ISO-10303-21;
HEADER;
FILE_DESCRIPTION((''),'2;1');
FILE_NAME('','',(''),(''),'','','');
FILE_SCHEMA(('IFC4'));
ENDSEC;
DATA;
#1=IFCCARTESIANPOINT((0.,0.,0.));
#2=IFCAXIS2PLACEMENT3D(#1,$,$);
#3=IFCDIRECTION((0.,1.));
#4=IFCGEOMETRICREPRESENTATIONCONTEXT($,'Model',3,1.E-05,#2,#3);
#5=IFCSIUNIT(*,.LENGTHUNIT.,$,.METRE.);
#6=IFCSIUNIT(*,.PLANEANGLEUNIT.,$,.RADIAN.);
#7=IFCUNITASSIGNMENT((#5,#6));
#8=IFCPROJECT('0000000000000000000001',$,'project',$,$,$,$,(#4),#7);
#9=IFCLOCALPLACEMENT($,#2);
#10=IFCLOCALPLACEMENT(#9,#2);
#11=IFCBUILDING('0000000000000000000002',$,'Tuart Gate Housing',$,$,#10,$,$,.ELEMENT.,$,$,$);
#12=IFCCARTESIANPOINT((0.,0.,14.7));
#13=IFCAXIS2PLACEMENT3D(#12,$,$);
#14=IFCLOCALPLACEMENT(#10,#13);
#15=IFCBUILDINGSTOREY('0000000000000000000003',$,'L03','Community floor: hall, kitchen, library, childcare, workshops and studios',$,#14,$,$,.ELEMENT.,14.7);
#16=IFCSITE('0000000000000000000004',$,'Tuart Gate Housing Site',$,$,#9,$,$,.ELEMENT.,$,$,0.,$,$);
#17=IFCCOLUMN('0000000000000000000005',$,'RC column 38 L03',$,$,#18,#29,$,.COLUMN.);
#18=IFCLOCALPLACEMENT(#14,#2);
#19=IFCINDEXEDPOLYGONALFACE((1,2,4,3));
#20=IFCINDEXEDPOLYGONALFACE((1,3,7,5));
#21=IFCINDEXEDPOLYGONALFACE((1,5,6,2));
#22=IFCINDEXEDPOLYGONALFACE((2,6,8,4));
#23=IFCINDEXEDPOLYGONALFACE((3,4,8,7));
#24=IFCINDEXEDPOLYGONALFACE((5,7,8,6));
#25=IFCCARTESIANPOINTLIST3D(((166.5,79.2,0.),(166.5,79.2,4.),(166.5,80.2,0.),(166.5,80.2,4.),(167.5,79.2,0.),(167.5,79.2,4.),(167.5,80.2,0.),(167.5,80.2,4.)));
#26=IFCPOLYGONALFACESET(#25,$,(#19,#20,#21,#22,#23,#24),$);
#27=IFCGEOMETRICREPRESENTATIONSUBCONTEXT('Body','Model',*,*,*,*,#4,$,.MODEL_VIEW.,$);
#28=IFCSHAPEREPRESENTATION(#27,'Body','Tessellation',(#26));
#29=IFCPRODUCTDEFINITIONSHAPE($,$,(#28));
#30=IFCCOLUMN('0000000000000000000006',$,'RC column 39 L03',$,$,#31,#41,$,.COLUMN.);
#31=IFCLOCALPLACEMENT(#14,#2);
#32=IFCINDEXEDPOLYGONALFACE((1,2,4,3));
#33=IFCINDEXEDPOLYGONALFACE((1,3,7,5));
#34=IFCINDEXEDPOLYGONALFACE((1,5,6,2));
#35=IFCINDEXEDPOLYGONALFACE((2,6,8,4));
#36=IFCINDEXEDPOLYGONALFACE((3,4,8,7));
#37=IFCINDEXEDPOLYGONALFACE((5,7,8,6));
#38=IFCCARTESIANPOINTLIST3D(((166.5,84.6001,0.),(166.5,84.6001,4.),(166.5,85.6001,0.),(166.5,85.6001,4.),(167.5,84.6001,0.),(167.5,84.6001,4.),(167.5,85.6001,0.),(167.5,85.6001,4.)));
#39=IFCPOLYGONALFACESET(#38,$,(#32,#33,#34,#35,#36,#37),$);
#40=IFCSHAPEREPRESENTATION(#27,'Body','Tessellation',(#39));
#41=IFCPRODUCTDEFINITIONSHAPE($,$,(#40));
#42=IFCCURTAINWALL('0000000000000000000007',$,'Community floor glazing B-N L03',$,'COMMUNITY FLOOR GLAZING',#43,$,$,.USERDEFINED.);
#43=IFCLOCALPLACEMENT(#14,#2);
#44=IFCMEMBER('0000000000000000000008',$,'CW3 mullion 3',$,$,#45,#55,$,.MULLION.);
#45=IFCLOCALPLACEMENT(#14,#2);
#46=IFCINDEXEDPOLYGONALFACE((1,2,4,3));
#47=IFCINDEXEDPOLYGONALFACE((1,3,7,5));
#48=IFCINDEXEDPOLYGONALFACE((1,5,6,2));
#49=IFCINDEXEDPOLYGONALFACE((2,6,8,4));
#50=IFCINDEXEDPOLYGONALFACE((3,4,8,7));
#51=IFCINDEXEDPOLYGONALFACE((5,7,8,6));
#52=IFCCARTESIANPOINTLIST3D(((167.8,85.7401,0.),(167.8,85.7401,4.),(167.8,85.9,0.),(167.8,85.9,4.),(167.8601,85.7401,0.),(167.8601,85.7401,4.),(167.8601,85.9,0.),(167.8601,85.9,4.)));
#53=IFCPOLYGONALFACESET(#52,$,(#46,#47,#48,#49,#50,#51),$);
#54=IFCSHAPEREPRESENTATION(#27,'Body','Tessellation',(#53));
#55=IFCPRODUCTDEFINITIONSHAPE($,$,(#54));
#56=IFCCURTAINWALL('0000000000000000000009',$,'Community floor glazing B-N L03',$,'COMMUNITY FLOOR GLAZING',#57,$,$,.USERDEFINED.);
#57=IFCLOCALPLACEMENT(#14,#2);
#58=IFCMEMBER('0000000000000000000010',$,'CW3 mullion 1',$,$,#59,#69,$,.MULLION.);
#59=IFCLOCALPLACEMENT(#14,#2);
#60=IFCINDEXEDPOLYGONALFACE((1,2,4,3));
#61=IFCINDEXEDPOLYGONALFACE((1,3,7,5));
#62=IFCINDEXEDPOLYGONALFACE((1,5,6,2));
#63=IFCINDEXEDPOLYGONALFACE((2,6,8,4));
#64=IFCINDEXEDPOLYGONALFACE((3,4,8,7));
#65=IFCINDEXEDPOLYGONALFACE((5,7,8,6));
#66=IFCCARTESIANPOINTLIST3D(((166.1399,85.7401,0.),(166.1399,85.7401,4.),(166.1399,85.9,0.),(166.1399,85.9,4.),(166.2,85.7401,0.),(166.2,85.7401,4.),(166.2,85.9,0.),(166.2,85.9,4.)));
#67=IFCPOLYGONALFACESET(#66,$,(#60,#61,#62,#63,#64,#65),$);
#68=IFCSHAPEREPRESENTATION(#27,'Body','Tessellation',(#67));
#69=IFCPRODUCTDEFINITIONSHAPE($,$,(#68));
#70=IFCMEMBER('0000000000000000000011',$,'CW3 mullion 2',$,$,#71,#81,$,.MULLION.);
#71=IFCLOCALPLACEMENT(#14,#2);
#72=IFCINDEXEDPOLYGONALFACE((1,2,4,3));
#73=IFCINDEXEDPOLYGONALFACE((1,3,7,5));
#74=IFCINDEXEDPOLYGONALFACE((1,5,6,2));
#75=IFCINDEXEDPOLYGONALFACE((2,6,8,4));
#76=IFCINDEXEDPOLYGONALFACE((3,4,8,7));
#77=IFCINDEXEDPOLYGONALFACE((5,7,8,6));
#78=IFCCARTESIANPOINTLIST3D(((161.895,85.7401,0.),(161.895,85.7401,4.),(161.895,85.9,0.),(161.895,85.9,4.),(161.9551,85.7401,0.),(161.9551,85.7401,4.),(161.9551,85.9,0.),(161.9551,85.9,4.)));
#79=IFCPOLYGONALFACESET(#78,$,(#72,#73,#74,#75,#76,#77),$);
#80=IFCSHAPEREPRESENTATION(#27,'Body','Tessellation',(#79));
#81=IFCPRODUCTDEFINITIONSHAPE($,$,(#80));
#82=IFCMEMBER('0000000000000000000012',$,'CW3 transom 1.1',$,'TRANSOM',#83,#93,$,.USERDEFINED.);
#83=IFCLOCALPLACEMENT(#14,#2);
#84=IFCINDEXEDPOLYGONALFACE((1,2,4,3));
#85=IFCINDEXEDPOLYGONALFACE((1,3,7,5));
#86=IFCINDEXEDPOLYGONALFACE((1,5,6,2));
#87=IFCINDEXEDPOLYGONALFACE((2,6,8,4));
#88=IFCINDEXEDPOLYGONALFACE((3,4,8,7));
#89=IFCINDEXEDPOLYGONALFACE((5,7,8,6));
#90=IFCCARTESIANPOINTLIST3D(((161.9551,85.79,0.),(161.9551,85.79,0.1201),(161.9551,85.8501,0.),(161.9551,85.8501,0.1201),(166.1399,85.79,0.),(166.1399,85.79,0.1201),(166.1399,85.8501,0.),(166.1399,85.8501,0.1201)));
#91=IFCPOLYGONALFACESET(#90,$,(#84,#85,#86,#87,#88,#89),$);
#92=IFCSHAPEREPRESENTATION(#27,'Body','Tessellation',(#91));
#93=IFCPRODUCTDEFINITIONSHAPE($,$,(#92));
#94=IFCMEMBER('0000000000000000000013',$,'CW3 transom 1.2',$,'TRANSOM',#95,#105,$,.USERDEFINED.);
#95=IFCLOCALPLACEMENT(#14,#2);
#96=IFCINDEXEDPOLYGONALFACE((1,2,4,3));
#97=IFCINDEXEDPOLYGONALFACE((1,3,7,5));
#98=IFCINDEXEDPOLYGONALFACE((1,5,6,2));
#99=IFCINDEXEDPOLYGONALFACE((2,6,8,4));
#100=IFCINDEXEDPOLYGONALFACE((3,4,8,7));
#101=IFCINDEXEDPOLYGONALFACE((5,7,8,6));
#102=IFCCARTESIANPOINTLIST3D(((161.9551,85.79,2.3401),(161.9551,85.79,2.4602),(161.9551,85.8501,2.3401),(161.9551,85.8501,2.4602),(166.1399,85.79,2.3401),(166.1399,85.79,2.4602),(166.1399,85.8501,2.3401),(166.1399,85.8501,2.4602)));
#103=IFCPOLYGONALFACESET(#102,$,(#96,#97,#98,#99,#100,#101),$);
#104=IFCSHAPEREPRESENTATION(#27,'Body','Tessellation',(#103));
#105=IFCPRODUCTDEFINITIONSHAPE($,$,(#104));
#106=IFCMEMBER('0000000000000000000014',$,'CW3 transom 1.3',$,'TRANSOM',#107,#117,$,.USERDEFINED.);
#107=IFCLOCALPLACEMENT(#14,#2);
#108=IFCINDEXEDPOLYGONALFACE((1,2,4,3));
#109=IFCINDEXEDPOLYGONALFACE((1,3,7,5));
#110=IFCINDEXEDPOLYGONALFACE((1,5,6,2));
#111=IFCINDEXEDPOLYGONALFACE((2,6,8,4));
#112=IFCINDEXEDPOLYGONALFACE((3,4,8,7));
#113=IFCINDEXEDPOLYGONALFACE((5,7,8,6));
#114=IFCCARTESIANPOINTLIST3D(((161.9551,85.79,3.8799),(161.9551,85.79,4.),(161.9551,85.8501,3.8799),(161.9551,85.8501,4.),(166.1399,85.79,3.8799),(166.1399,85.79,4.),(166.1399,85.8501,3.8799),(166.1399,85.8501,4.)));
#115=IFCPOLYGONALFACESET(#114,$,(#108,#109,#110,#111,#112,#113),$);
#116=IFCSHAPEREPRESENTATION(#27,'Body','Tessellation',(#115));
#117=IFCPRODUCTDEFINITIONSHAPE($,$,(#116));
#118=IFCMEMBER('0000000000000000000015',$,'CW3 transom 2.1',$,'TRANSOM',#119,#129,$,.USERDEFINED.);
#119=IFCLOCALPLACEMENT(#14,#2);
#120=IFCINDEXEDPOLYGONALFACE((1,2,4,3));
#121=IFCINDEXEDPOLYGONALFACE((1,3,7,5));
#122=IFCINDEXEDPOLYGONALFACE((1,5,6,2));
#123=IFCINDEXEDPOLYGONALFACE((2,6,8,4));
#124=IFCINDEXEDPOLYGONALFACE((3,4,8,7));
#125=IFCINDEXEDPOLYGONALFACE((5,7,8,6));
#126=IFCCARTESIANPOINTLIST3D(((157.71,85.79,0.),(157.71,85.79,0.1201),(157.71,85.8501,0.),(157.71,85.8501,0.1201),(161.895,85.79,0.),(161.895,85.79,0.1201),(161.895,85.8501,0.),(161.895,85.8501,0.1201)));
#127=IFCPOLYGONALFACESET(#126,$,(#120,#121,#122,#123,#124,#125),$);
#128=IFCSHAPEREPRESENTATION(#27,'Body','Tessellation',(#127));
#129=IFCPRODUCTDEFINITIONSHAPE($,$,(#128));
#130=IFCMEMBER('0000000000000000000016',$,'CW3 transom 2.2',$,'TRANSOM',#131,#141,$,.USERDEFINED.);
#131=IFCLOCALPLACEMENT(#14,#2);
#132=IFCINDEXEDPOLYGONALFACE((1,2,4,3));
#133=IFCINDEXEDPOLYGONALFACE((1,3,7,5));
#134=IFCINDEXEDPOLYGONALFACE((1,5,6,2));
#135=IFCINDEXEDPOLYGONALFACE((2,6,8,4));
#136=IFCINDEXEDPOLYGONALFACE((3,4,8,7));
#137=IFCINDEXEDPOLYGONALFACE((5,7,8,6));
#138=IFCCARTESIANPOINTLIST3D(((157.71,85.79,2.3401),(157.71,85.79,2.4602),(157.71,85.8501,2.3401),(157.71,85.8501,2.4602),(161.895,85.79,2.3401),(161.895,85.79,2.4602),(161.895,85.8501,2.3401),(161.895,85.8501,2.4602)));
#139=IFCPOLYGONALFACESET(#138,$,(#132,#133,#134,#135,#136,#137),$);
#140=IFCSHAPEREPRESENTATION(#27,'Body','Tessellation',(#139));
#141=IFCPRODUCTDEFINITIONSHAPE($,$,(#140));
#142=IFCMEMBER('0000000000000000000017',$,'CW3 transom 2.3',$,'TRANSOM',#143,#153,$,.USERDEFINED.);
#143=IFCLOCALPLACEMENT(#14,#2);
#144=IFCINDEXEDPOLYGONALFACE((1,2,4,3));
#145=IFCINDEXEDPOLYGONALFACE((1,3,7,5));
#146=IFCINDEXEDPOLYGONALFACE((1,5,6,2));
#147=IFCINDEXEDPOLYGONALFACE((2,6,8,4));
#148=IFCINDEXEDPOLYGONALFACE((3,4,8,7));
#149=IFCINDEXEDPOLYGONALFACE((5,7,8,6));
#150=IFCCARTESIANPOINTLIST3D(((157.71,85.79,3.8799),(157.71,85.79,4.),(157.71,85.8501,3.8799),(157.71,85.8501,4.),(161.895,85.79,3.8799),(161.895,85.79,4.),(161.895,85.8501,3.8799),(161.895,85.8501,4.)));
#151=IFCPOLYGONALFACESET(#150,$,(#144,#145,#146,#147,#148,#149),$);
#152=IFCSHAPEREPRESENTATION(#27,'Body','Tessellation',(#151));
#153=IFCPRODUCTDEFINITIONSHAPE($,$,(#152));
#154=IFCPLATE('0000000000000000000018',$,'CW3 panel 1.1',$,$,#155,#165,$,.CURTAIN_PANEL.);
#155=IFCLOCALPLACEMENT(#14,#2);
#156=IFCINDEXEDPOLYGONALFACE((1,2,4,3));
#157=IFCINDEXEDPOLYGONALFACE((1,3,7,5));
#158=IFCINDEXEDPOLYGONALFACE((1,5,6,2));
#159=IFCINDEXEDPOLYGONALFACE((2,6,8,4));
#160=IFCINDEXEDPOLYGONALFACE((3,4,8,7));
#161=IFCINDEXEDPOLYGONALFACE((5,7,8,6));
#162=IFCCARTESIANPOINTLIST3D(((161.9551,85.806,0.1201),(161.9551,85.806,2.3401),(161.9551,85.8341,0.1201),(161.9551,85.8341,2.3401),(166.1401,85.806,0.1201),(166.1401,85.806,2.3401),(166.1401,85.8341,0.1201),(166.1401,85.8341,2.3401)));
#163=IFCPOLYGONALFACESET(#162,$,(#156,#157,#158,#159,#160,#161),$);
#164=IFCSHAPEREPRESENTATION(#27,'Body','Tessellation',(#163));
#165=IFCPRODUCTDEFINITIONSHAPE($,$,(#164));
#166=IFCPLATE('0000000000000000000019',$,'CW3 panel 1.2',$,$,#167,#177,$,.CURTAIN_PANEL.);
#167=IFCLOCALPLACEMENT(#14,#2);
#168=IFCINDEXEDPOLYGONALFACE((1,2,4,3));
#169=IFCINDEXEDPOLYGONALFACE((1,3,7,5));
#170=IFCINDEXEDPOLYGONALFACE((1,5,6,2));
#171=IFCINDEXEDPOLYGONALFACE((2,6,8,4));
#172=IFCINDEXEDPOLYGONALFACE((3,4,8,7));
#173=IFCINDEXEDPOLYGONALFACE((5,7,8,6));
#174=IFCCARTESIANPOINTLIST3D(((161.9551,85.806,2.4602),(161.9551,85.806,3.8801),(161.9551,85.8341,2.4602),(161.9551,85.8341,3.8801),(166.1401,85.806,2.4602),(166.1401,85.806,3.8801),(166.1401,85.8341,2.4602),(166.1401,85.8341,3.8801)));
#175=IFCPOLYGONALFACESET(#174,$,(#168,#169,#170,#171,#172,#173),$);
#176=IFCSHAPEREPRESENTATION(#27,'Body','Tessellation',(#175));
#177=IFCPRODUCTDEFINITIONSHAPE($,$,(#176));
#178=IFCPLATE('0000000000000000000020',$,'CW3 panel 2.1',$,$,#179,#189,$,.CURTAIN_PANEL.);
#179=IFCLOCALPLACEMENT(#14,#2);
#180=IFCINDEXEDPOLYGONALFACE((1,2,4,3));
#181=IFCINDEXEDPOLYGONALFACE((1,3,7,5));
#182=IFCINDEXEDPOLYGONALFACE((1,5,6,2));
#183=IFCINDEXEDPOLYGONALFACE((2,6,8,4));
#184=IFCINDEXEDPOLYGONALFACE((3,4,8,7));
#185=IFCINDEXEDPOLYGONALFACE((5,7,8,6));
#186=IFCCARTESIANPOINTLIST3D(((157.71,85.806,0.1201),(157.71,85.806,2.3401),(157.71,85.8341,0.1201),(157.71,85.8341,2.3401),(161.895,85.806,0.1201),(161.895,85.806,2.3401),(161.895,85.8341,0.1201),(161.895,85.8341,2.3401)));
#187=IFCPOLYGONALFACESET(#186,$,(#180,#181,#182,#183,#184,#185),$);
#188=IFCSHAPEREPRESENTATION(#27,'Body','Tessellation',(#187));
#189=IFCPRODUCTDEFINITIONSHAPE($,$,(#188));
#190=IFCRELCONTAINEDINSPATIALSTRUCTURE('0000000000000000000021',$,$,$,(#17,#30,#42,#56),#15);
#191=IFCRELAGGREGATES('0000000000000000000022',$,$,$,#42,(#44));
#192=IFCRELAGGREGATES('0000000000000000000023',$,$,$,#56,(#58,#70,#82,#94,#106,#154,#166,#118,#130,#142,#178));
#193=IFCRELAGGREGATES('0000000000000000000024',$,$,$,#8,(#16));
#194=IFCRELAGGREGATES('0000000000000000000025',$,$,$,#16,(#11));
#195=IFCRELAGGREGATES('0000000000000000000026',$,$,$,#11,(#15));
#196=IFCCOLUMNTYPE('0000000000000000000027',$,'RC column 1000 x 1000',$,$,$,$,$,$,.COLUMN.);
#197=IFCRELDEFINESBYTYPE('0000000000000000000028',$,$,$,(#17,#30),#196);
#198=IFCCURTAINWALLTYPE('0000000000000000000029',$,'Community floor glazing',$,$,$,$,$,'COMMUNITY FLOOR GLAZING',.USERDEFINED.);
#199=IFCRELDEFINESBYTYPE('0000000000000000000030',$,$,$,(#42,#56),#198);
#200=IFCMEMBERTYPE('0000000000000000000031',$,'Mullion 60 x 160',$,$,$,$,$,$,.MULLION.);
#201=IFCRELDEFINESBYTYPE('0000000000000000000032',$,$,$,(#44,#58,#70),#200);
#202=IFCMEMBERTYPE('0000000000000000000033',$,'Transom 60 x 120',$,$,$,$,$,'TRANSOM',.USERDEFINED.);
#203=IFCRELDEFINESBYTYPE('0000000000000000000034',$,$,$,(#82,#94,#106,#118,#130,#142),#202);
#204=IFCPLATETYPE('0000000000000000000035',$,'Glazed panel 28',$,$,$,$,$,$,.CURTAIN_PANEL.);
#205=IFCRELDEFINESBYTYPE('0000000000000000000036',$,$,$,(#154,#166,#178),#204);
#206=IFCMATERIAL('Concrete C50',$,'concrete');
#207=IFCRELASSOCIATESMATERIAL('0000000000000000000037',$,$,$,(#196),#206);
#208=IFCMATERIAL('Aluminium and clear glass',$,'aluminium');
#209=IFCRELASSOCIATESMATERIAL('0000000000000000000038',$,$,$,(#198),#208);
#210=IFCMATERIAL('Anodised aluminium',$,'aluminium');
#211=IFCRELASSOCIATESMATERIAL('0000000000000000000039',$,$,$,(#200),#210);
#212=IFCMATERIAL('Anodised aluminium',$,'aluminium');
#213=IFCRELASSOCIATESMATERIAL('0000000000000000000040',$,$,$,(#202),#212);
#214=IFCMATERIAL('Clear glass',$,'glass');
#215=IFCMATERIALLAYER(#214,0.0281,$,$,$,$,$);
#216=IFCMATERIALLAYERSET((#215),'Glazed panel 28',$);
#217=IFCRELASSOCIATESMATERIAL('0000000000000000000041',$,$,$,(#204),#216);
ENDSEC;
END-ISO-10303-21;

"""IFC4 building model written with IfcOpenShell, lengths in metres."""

from ifc_helpers import new_model, si_unit, direction, frame, origin, origin_2d, place, context, subcontext, project, spatial, rectangle, extrude, material, layer, layer_set, material_profile, profile_set, type_object, element, aggregate, save


model = new_model("IFC4")

# Units and contexts
model_context = context("Model", 3, precision=1e-05, world=origin(), true_north=direction((0.0, 1.0)))
body_context = subcontext(model_context, "Body", "Model", "MODEL_VIEW")
ifc_project = project(units=[si_unit("LENGTHUNIT", "METRE"), si_unit("PLANEANGLEUNIT", "RADIAN")], contexts=[model_context])

# Site, building, storey
site_placement = place(None, origin())
site = spatial("IfcSite", under=ifc_project, at=site_placement, Name="Tuart Gate Housing Site", CompositionType="ELEMENT", RefElevation=0.0)
building_placement = place(site_placement, origin())
building = spatial("IfcBuilding", under=site, at=building_placement, Name="Tuart Gate Housing", CompositionType="ELEMENT")
storey_placement = place(building_placement, frame((0.0, 0.0, 14.7)))
storey = spatial("IfcBuildingStorey", under=building, at=storey_placement, Name="L03", Description="Community floor: hall, kitchen, library, childcare, workshops and studios", CompositionType="ELEMENT", Elevation=14.7)

# Columns
ifc_material_1 = material(Name="Concrete C50", Category="concrete")
ifc_material_profile_1 = material_profile(ifc_material_1, rectangle(XDim=1.0, YDim=1.0, at=origin_2d()), Name="RC column 1000 x 1000")
ifc_profile_set_1 = profile_set([ifc_material_profile_1], Name="Concrete C50")
column_type = type_object("IfcColumnType", Name="RC column 1000 x 1000", PredefinedType="COLUMN", material=ifc_profile_set_1)
for number, where, z_axis, x_axis, name in (
    (1, (167.0, 79.7, 0.0), (0.0, 0.0, 1.0), (1.0, 0.0, 0.0), "RC column 38 L03"),
    (2, (167.0, 85.1001, 0.0), (0.0, 0.0, 1.0), (1.0, 0.0, 0.0), "RC column 39 L03"),
):
    element("IfcColumn", number, at=place(storey_placement, frame(where, z_axis=z_axis, x_axis=x_axis)), inside=storey, type_object=column_type, Name=name, PredefinedType="COLUMN", context=body_context, shape_type="SweptSolid", body=[
        extrude(rectangle(XDim=1.0, YDim=1.0, at=origin_2d()), origin(), (0.0, 0.0, 1.0), 4.0),
    ])

# Curtain wall, member
ifc_material_2 = material(Name="Aluminium and clear glass", Category="aluminium")
curtain_wall_type = type_object("IfcCurtainWallType", Name="Community floor glazing", ElementType="COMMUNITY FLOOR GLAZING", PredefinedType="USERDEFINED", material=ifc_material_2)
curtain_wall_1_placement = place(storey_placement, origin())
curtain_wall_1 = element("IfcCurtainWall", 3, at=curtain_wall_1_placement, inside=storey, type_object=curtain_wall_type, Name="Community floor glazing B-N L03", ObjectType="COMMUNITY FLOOR GLAZING", PredefinedType="USERDEFINED")
ifc_material_3 = material(Name="Anodised aluminium", Category="aluminium")
ifc_material_profile_2 = material_profile(ifc_material_3, rectangle(XDim=0.0601, YDim=0.1599, at=origin_2d()), Name="60x160")
ifc_profile_set_2 = profile_set([ifc_material_profile_2], Name="Anodised aluminium")
member_type_1 = type_object("IfcMemberType", Name="Mullion 60 x 160", PredefinedType="MULLION", material=ifc_profile_set_2)
member_1_placement = place(storey_placement, frame((167.8301, 85.8201, 0.0), z_axis=(0.0, 0.0, 1.0), x_axis=(-1.0, 0.0, 0.0)))
member_1 = element("IfcMember", 4, at=member_1_placement, type_object=member_type_1, Name="CW3 mullion 3", PredefinedType="MULLION", context=body_context, shape_type="SweptSolid", body=[
    extrude(rectangle(XDim=0.0601, YDim=0.1599, at=origin_2d()), origin(), (0.0, 0.0, 1.0), 4.0),
])
aggregate(curtain_wall_1, [member_1])

# Curtain wall, members, plates
curtain_wall_2_placement = place(storey_placement, origin())
curtain_wall_2 = element("IfcCurtainWall", 5, at=curtain_wall_2_placement, inside=storey, type_object=curtain_wall_type, Name="Community floor glazing B-N L03", ObjectType="COMMUNITY FLOOR GLAZING", PredefinedType="USERDEFINED")
member_2_placement = place(storey_placement, frame((166.1699, 85.8201, 0.0), z_axis=(0.0, 0.0, 1.0), x_axis=(-1.0, 0.0, 0.0)))
member_2 = element("IfcMember", 6, at=member_2_placement, type_object=member_type_1, Name="CW3 mullion 1", PredefinedType="MULLION", context=body_context, shape_type="SweptSolid", body=[
    extrude(rectangle(XDim=0.0601, YDim=0.1599, at=origin_2d()), origin(), (0.0, 0.0, 1.0), 4.0),
])
member_3_placement = place(storey_placement, frame((161.925, 85.8201, 0.0), z_axis=(0.0, 0.0, 1.0), x_axis=(-1.0, 0.0, 0.0)))
member_3 = element("IfcMember", 7, at=member_3_placement, type_object=member_type_1, Name="CW3 mullion 2", PredefinedType="MULLION", context=body_context, shape_type="SweptSolid", body=[
    extrude(rectangle(XDim=0.0601, YDim=0.1599, at=origin_2d()), origin(), (0.0, 0.0, 1.0), 4.0),
])
ifc_material_4 = material(Name="Anodised aluminium", Category="aluminium")
ifc_material_profile_3 = material_profile(ifc_material_4, rectangle(XDim=0.0601, YDim=0.1201, at=origin_2d()), Name="60x120")
ifc_profile_set_3 = profile_set([ifc_material_profile_3], Name="Anodised aluminium")
member_type_2 = type_object("IfcMemberType", Name="Transom 60 x 120", ElementType="TRANSOM", PredefinedType="USERDEFINED", material=ifc_profile_set_3)
member_4_placement = place(storey_placement, frame((166.1399, 85.8201, 0.0601), z_axis=(-1.0, 0.0, 0.0), x_axis=(0.0, -1.0, 0.0)))
member_4 = element("IfcMember", 8, at=member_4_placement, type_object=member_type_2, Name="CW3 transom 1.1", ObjectType="TRANSOM", PredefinedType="USERDEFINED", context=body_context, shape_type="SweptSolid", body=[
    extrude(rectangle(XDim=0.0601, YDim=0.1201, at=origin_2d()), origin(), (0.0, 0.0, 1.0), 4.1848),
])
member_5_placement = place(storey_placement, frame((166.1399, 85.8201, 2.4001), z_axis=(-1.0, 0.0, 0.0), x_axis=(0.0, -1.0, 0.0)))
member_5 = element("IfcMember", 9, at=member_5_placement, type_object=member_type_2, Name="CW3 transom 1.2", ObjectType="TRANSOM", PredefinedType="USERDEFINED", context=body_context, shape_type="SweptSolid", body=[
    extrude(rectangle(XDim=0.0601, YDim=0.1201, at=origin_2d()), origin(), (0.0, 0.0, 1.0), 4.1848),
])
member_6_placement = place(storey_placement, frame((166.1399, 85.8201, 3.9399), z_axis=(-1.0, 0.0, 0.0), x_axis=(0.0, -1.0, 0.0)))
member_6 = element("IfcMember", 10, at=member_6_placement, type_object=member_type_2, Name="CW3 transom 1.3", ObjectType="TRANSOM", PredefinedType="USERDEFINED", context=body_context, shape_type="SweptSolid", body=[
    extrude(rectangle(XDim=0.0601, YDim=0.1201, at=origin_2d()), origin(), (0.0, 0.0, 1.0), 4.1848),
])
member_7_placement = place(storey_placement, frame((161.895, 85.8201, 0.0601), z_axis=(-1.0, 0.0, 0.0), x_axis=(0.0, -1.0, 0.0)))
member_7 = element("IfcMember", 11, at=member_7_placement, type_object=member_type_2, Name="CW3 transom 2.1", ObjectType="TRANSOM", PredefinedType="USERDEFINED", context=body_context, shape_type="SweptSolid", body=[
    extrude(rectangle(XDim=0.0601, YDim=0.1201, at=origin_2d()), origin(), (0.0, 0.0, 1.0), 4.1851),
])
member_8_placement = place(storey_placement, frame((161.895, 85.8201, 2.4001), z_axis=(-1.0, 0.0, 0.0), x_axis=(0.0, -1.0, 0.0)))
member_8 = element("IfcMember", 12, at=member_8_placement, type_object=member_type_2, Name="CW3 transom 2.2", ObjectType="TRANSOM", PredefinedType="USERDEFINED", context=body_context, shape_type="SweptSolid", body=[
    extrude(rectangle(XDim=0.0601, YDim=0.1201, at=origin_2d()), origin(), (0.0, 0.0, 1.0), 4.1851),
])
member_9_placement = place(storey_placement, frame((161.895, 85.8201, 3.9399), z_axis=(-1.0, 0.0, 0.0), x_axis=(0.0, -1.0, 0.0)))
member_9 = element("IfcMember", 13, at=member_9_placement, type_object=member_type_2, Name="CW3 transom 2.3", ObjectType="TRANSOM", PredefinedType="USERDEFINED", context=body_context, shape_type="SweptSolid", body=[
    extrude(rectangle(XDim=0.0601, YDim=0.1201, at=origin_2d()), origin(), (0.0, 0.0, 1.0), 4.1851),
])
ifc_material_5 = material(Name="Clear glass", Category="glass")
ifc_layer_1 = layer(ifc_material_5, 0.0281)
ifc_layer_set_1 = layer_set([ifc_layer_1], Name="Glazed panel 28")
plate_type = type_object("IfcPlateType", Name="Glazed panel 28", PredefinedType="CURTAIN_PANEL", material=ifc_layer_set_1)
plate_1_placement = place(storey_placement, frame((164.0476, 85.8201, 0.1201), z_axis=(0.0, 0.0, 1.0), x_axis=(-1.0, 0.0, 0.0)))
plate_1 = element("IfcPlate", 14, at=plate_1_placement, type_object=plate_type, Name="CW3 panel 1.1", PredefinedType="CURTAIN_PANEL", context=body_context, shape_type="SweptSolid", body=[
    extrude(rectangle(XDim=4.1851, YDim=0.0281, at=origin_2d()), origin(), (0.0, 0.0, 1.0), 2.22),
])
plate_2_placement = place(storey_placement, frame((164.0476, 85.8201, 2.4602), z_axis=(0.0, 0.0, 1.0), x_axis=(-1.0, 0.0, 0.0)))
plate_2 = element("IfcPlate", 15, at=plate_2_placement, type_object=plate_type, Name="CW3 panel 1.2", PredefinedType="CURTAIN_PANEL", context=body_context, shape_type="SweptSolid", body=[
    extrude(rectangle(XDim=4.1851, YDim=0.0281, at=origin_2d()), origin(), (0.0, 0.0, 1.0), 1.4199),
])
plate_3_placement = place(storey_placement, frame((159.8025, 85.8201, 0.1201), z_axis=(0.0, 0.0, 1.0), x_axis=(-1.0, 0.0, 0.0)))
plate_3 = element("IfcPlate", 16, at=plate_3_placement, type_object=plate_type, Name="CW3 panel 2.1", PredefinedType="CURTAIN_PANEL", context=body_context, shape_type="SweptSolid", body=[
    extrude(rectangle(XDim=4.1851, YDim=0.0281, at=origin_2d()), origin(), (0.0, 0.0, 1.0), 2.22),
])
aggregate(curtain_wall_2, [member_2, member_3, member_4, member_5, member_6, plate_1, plate_2, member_7, member_8, member_9, plate_3])

save(model, "model.ifc")
